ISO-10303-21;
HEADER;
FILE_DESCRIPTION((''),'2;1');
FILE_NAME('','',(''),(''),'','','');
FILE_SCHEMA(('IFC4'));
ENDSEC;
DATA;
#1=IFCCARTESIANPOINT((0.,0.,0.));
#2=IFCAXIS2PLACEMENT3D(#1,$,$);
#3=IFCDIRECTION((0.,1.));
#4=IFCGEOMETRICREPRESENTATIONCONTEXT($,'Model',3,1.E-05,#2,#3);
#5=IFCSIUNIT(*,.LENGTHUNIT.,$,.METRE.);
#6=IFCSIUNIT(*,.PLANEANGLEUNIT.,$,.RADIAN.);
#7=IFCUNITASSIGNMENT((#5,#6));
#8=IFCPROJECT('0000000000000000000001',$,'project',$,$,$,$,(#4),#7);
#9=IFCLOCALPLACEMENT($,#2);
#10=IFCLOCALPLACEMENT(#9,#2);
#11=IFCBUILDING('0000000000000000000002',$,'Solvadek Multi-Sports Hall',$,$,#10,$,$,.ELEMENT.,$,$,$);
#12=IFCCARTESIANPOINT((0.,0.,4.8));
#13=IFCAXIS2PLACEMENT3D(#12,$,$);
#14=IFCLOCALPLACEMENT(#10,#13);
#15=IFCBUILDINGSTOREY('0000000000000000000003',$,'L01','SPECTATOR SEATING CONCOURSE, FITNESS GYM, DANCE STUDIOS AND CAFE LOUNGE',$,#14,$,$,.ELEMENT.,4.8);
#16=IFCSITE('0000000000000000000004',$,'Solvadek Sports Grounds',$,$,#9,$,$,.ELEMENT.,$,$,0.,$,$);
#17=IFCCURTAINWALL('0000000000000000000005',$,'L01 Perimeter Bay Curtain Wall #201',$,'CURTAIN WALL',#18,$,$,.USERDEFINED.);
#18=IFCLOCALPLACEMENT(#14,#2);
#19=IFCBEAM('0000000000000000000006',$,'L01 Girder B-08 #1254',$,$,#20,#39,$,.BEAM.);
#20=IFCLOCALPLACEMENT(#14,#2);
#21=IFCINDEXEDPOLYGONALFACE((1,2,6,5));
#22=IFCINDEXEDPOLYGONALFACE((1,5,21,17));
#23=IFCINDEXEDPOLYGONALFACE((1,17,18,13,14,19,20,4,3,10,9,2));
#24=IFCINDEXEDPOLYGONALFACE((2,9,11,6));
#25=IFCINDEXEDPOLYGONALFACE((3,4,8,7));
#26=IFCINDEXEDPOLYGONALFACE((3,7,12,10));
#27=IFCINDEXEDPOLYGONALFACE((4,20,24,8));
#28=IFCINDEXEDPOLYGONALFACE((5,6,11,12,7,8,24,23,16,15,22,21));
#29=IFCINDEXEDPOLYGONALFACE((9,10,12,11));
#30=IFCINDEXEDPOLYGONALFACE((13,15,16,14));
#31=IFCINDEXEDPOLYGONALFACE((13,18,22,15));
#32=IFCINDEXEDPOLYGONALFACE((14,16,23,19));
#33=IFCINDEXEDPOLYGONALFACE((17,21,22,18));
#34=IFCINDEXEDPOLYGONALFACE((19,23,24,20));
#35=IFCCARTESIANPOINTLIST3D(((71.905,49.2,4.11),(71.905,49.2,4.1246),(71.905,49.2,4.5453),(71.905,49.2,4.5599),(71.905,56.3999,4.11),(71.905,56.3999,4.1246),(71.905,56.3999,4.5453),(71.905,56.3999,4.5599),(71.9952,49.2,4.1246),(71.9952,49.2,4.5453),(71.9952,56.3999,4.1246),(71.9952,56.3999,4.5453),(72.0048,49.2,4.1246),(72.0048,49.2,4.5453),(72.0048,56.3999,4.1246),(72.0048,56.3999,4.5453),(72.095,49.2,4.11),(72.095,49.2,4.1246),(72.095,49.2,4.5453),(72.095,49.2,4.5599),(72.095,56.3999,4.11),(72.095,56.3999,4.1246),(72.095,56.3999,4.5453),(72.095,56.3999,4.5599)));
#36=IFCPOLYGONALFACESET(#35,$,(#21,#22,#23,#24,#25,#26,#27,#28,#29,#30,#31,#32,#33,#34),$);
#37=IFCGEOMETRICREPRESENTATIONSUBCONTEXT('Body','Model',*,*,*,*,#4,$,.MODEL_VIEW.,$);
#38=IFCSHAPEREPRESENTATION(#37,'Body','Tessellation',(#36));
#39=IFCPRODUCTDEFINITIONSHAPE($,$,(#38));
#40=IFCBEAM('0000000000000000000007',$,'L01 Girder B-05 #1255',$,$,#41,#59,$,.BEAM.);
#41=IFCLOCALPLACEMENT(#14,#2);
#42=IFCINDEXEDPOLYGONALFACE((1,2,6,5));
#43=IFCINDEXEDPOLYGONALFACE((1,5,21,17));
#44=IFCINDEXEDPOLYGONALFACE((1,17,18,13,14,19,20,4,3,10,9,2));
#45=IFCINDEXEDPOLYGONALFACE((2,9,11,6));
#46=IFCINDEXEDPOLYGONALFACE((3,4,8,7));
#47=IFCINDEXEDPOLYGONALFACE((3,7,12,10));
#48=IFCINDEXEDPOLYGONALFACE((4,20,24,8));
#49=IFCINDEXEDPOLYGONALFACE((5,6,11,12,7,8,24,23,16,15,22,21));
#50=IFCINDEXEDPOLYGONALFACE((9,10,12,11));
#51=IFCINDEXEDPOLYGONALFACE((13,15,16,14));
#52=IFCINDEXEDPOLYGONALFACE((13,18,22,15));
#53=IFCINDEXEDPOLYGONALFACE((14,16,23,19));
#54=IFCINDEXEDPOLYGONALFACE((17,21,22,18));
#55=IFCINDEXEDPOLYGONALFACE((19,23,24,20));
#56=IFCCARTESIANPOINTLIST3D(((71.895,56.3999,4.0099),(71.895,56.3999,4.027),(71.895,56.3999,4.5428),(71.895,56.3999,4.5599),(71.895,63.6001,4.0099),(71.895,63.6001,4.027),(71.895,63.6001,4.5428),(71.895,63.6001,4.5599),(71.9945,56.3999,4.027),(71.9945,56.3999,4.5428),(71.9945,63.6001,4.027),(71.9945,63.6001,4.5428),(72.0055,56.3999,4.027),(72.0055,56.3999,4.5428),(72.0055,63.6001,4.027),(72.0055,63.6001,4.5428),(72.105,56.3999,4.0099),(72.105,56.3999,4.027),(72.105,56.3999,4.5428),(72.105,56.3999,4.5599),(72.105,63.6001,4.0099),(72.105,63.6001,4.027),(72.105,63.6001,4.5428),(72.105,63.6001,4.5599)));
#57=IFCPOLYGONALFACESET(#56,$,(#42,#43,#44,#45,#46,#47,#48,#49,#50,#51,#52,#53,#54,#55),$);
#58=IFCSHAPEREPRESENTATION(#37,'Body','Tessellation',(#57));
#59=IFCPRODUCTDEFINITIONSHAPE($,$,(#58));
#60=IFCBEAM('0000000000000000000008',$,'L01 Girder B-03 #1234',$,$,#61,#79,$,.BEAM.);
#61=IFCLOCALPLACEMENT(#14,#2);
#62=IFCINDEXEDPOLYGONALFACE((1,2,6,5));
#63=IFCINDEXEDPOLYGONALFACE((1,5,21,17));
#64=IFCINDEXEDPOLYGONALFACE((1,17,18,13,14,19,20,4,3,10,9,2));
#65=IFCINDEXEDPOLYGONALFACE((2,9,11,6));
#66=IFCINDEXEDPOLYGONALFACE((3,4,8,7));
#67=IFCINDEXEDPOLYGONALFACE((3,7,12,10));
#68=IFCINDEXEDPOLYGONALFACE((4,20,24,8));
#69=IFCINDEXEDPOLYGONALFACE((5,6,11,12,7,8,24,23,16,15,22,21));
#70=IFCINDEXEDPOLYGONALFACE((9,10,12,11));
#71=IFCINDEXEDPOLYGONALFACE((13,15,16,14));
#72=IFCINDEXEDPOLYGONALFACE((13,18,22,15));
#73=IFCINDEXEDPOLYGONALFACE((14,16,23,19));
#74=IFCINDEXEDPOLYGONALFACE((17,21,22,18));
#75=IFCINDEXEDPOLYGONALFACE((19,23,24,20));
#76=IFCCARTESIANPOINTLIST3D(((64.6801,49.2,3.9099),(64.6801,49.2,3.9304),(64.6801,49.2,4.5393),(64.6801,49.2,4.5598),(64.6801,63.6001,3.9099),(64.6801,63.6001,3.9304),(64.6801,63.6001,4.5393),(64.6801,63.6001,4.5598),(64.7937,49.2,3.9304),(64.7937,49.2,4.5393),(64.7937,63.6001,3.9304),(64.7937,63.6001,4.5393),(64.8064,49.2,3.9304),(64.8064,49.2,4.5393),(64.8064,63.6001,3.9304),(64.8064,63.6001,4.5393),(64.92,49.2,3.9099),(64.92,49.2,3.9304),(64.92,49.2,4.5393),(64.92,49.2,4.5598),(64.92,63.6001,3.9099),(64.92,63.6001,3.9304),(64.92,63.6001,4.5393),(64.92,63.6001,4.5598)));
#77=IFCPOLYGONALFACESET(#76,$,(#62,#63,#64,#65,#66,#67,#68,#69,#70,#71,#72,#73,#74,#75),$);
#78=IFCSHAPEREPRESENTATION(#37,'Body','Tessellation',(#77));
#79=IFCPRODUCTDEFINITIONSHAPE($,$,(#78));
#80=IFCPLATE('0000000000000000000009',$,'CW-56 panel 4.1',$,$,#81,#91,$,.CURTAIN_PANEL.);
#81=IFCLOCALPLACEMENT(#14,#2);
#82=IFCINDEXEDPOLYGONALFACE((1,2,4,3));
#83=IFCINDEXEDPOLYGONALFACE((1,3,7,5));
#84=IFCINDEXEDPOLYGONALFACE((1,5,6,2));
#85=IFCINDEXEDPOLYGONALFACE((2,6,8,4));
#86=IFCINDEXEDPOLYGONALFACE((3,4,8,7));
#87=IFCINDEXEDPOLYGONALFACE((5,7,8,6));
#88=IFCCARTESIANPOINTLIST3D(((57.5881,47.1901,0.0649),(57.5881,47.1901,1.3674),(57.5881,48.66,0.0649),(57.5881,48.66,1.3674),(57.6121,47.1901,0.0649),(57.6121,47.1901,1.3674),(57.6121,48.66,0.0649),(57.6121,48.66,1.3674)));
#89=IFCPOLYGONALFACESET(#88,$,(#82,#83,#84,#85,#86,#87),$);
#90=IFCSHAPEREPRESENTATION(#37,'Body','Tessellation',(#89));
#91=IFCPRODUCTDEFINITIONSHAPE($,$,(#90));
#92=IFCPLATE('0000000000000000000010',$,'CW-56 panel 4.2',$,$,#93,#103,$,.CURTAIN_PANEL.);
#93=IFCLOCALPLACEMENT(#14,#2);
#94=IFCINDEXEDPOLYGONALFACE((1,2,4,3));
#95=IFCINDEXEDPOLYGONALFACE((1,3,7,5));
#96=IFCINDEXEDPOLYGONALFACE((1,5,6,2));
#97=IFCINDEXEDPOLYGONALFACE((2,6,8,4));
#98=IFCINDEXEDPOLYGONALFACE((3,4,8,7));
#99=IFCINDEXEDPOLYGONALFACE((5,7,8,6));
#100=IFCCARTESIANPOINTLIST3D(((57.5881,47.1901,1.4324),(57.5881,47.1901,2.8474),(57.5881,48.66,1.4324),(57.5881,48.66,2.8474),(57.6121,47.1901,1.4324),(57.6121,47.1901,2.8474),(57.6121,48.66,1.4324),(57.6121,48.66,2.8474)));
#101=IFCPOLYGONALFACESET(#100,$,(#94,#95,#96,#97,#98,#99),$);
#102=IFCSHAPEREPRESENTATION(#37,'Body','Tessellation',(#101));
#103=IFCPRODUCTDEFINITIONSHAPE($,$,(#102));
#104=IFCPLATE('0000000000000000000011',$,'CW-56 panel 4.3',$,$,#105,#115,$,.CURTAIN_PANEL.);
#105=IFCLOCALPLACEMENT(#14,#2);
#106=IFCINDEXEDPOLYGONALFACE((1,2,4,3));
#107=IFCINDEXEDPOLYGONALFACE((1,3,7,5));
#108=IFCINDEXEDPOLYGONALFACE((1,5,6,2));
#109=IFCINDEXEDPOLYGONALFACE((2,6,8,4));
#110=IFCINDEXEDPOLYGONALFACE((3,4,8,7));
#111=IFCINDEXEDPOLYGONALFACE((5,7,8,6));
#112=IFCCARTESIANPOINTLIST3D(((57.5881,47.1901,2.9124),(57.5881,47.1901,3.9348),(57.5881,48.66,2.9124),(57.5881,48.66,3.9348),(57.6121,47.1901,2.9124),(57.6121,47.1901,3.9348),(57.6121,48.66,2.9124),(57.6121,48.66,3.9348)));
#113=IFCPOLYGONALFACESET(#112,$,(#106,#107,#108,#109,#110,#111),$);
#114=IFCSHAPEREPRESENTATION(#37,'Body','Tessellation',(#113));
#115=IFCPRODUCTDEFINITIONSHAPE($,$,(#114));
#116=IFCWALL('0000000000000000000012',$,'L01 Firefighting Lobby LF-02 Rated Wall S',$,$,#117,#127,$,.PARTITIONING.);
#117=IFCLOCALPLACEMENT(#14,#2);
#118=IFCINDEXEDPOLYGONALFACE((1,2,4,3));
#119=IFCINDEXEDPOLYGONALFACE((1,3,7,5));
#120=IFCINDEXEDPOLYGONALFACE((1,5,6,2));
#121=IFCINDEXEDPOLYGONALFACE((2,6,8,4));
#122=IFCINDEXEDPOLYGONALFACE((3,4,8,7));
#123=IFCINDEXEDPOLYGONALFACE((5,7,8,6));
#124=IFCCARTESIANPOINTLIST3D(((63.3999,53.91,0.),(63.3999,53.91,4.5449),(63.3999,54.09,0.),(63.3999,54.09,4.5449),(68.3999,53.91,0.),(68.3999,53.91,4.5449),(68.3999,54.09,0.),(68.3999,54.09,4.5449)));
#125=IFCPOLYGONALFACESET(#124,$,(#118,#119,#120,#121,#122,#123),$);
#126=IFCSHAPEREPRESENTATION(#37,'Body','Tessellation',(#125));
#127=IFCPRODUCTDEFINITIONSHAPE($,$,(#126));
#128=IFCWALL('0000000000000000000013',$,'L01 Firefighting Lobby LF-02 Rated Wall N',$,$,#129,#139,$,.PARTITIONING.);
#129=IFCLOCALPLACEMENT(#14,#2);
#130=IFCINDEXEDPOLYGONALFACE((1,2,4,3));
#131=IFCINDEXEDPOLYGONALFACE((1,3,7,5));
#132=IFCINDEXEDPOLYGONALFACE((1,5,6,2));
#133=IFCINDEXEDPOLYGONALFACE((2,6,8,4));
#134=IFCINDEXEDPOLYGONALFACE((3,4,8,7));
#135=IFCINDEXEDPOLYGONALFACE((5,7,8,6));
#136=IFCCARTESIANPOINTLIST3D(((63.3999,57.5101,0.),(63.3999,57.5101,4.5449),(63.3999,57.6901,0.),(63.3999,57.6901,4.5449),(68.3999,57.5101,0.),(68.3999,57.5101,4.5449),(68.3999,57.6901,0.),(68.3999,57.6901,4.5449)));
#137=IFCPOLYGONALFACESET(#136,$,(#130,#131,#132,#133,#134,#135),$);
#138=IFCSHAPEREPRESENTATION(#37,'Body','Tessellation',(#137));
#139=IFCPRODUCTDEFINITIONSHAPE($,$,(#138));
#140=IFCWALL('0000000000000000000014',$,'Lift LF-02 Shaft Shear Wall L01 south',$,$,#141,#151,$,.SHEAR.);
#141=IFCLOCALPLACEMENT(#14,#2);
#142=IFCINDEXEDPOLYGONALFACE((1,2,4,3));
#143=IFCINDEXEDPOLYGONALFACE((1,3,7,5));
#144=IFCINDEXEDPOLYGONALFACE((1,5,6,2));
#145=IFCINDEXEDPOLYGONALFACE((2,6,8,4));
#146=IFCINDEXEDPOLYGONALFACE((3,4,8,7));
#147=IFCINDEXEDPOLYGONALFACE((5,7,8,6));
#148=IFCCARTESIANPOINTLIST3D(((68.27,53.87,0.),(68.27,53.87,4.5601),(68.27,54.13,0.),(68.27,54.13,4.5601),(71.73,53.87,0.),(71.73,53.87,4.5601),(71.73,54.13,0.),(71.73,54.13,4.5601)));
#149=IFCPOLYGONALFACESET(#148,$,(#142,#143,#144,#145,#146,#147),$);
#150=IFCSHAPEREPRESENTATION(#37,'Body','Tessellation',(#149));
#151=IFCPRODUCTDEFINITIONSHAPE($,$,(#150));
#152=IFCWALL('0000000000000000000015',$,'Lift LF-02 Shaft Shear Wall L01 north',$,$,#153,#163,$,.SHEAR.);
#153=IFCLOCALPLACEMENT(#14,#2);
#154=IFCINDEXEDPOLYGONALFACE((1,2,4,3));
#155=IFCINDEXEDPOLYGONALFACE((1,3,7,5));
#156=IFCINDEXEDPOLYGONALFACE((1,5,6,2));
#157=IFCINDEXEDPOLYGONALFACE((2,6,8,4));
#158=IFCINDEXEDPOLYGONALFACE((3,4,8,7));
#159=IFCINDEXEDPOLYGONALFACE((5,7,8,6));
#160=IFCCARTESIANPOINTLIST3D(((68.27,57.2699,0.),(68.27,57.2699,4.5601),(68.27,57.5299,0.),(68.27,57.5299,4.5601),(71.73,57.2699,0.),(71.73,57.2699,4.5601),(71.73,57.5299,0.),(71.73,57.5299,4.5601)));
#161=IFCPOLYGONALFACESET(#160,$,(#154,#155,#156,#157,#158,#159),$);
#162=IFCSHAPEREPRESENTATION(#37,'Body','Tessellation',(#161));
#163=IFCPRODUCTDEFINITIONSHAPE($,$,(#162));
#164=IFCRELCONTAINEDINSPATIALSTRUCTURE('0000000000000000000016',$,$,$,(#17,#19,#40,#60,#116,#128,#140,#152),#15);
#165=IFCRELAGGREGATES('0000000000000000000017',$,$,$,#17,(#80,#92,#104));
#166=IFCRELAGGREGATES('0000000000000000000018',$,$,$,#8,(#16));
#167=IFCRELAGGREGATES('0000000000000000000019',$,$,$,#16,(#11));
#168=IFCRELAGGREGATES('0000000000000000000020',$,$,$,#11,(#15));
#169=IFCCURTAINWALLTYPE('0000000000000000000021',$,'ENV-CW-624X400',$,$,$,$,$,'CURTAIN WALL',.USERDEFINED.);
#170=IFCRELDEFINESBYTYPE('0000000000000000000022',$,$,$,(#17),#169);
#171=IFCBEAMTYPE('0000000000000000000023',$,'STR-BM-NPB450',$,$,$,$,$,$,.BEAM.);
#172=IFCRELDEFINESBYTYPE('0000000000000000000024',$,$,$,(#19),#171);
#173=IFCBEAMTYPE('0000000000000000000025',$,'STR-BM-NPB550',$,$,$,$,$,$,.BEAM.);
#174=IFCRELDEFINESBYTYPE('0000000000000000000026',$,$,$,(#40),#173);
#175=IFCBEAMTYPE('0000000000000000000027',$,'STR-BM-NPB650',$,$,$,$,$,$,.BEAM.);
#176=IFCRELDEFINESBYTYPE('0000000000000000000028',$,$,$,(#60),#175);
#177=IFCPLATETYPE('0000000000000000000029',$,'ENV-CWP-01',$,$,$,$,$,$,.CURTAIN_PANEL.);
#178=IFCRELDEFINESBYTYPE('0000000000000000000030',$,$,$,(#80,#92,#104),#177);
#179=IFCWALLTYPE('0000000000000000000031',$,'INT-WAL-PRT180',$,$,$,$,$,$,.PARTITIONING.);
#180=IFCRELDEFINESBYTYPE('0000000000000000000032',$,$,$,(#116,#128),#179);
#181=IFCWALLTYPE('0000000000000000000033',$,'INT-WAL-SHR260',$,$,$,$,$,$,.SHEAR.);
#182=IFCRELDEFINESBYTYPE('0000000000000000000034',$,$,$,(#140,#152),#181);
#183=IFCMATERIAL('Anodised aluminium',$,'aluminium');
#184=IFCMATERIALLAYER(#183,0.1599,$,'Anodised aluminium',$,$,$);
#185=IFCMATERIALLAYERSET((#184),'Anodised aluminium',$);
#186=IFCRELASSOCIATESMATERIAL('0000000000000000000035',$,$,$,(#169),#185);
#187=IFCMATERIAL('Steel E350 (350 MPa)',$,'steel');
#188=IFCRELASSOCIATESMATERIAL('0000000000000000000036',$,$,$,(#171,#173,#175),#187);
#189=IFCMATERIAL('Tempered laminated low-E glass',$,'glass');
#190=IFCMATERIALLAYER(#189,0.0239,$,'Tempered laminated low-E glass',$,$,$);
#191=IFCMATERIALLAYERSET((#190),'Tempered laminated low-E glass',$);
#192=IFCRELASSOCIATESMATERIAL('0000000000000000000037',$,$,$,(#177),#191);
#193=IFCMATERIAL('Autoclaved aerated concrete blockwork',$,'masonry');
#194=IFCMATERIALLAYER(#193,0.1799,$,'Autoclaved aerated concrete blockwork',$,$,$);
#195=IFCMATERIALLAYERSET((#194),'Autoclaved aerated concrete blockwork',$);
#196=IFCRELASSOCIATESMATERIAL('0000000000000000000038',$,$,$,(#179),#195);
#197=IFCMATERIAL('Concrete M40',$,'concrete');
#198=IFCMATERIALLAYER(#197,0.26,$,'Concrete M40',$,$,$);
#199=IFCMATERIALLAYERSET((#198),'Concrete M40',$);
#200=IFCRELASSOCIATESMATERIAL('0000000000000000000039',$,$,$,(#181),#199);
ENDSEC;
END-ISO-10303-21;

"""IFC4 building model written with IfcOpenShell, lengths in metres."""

from ifc_helpers import new_model, si_unit, direction, frame, frame_2d, origin, origin_2d, place, context, subcontext, project, spatial, rectangle, i_section, extrude, material, layer, layer_set, material_profile, profile_set, type_object, element, aggregate, save


model = new_model("IFC4")

# Units and contexts
model_context = context("Model", 3, precision=1e-05, world=origin(), true_north=direction((0.0, 1.0)))
body_context = subcontext(model_context, "Body", "Model", "MODEL_VIEW")
ifc_project = project(units=[si_unit("LENGTHUNIT", "METRE"), si_unit("PLANEANGLEUNIT", "RADIAN")], contexts=[model_context])

# Site, building, storey
site_placement = place(None, origin())
site = spatial("IfcSite", under=ifc_project, at=site_placement, Name="Solvadek Sports Grounds", CompositionType="ELEMENT", RefElevation=0.0)
building_placement = place(site_placement, origin())
building = spatial("IfcBuilding", under=site, at=building_placement, Name="Solvadek Multi-Sports Hall", CompositionType="ELEMENT")
storey_placement = place(building_placement, frame((0.0, 0.0, 4.8)))
storey = spatial("IfcBuildingStorey", under=building, at=storey_placement, Name="L01", Description="SPECTATOR SEATING CONCOURSE, FITNESS GYM, DANCE STUDIOS AND CAFE LOUNGE", CompositionType="ELEMENT", Elevation=4.8)

# Shared definitions
ifc_material_1 = material(Name="Steel E350 (350 MPa)", Category="steel")

# Curtain wall
ifc_material_2 = material(Name="Anodised aluminium", Category="aluminium")
ifc_layer_1 = layer(ifc_material_2, 0.1599, Name="Anodised aluminium")
ifc_layer_set_1 = layer_set([ifc_layer_1], Name="Anodised aluminium")
curtain_wall_type = type_object("IfcCurtainWallType", Name="ENV-CW-624X400", ElementType="CURTAIN WALL", PredefinedType="USERDEFINED", material=ifc_layer_set_1)
curtain_wall_placement = place(storey_placement, origin())
curtain_wall = element("IfcCurtainWall", 1, at=curtain_wall_placement, inside=storey, type_object=curtain_wall_type, Name="L01 Perimeter Bay Curtain Wall #201", ObjectType="CURTAIN WALL", PredefinedType="USERDEFINED")

# Beams
ifc_material_profile_1 = material_profile(ifc_material_1, i_section(OverallWidth=0.1899, OverallDepth=0.45, WebThickness=0.0095, FlangeThickness=0.0146, at=origin_2d()), Name="NPB 450")
ifc_profile_set_1 = profile_set([ifc_material_profile_1], Name="Steel E350 (350 MPa)")
beam_type_1 = type_object("IfcBeamType", Name="STR-BM-NPB450", PredefinedType="BEAM", material=ifc_profile_set_1)
beam_1_placement = place(storey_placement, frame((72.0, 49.2, 4.335), z_axis=(0.0, 1.0, 0.0), x_axis=(-1.0, 0.0, 0.0)))
element("IfcBeam", 2, at=beam_1_placement, inside=storey, type_object=beam_type_1, Name="L01 Girder B-08 #1254", PredefinedType="BEAM", context=body_context, shape_type="SweptSolid", body=[
    extrude(i_section(OverallWidth=0.1899, OverallDepth=0.45, WebThickness=0.0095, FlangeThickness=0.0146, at=origin_2d()), origin(), (0.0, 0.0, 1.0), 7.2),
])
ifc_material_profile_2 = material_profile(ifc_material_1, i_section(OverallWidth=0.21, OverallDepth=0.55, WebThickness=0.011, FlangeThickness=0.0171, at=origin_2d()), Name="NPB 550")
ifc_profile_set_2 = profile_set([ifc_material_profile_2], Name="Steel E350 (350 MPa)")
beam_type_2 = type_object("IfcBeamType", Name="STR-BM-NPB550", PredefinedType="BEAM", material=ifc_profile_set_2)
beam_2_placement = place(storey_placement, frame((72.0, 56.3999, 4.2849), z_axis=(0.0, 1.0, 0.0), x_axis=(-1.0, 0.0, 0.0)))
element("IfcBeam", 3, at=beam_2_placement, inside=storey, type_object=beam_type_2, Name="L01 Girder B-05 #1255", PredefinedType="BEAM", context=body_context, shape_type="SweptSolid", body=[
    extrude(i_section(OverallWidth=0.21, OverallDepth=0.55, WebThickness=0.011, FlangeThickness=0.0171, at=origin_2d()), origin(), (0.0, 0.0, 1.0), 7.2002),
])
ifc_material_profile_3 = material_profile(ifc_material_1, i_section(OverallWidth=0.24, OverallDepth=0.6499, WebThickness=0.0127, FlangeThickness=0.0205, at=origin_2d()), Name="NPB 650")
ifc_profile_set_3 = profile_set([ifc_material_profile_3], Name="Steel E350 (350 MPa)")
beam_type_3 = type_object("IfcBeamType", Name="STR-BM-NPB650", PredefinedType="BEAM", material=ifc_profile_set_3)
beam_3_placement = place(storey_placement, frame((64.8, 49.2, 4.2349), z_axis=(0.0, 1.0, 0.0), x_axis=(-1.0, 0.0, 0.0)))
element("IfcBeam", 4, at=beam_3_placement, inside=storey, type_object=beam_type_3, Name="L01 Girder B-03 #1234", PredefinedType="BEAM", context=body_context, shape_type="SweptSolid", body=[
    extrude(i_section(OverallWidth=0.24, OverallDepth=0.6499, WebThickness=0.0127, FlangeThickness=0.0205, at=origin_2d()), origin(), (0.0, 0.0, 1.0), 14.4001),
])

# Plates
ifc_material_3 = material(Name="Tempered laminated low-E glass", Category="glass")
ifc_layer_2 = layer(ifc_material_3, 0.0239, Name="Tempered laminated low-E glass")
ifc_layer_set_2 = layer_set([ifc_layer_2], Name="Tempered laminated low-E glass")
plate_type = type_object("IfcPlateType", Name="ENV-CWP-01", PredefinedType="CURTAIN_PANEL", material=ifc_layer_set_2)
plate_1_placement = place(storey_placement, frame((57.6001, 47.925, 0.0649), z_axis=(0.0, 0.0, 1.0), x_axis=(0.0, 1.0, 0.0)))
plate_1 = element("IfcPlate", 5, at=plate_1_placement, type_object=plate_type, Name="CW-56 panel 4.1", PredefinedType="CURTAIN_PANEL", context=body_context, shape_type="SweptSolid", body=[
    extrude(rectangle(XDim=1.47, YDim=0.0239, at=origin_2d()), origin(), (0.0, 0.0, 1.0), 1.3025),
])
plate_2_placement = place(storey_placement, frame((57.6001, 47.925, 1.4324), z_axis=(0.0, 0.0, 1.0), x_axis=(0.0, 1.0, 0.0)))
plate_2 = element("IfcPlate", 6, at=plate_2_placement, type_object=plate_type, Name="CW-56 panel 4.2", PredefinedType="CURTAIN_PANEL", context=body_context, shape_type="SweptSolid", body=[
    extrude(rectangle(XDim=1.47, YDim=0.0239, at=origin_2d()), origin(), (0.0, 0.0, 1.0), 1.415),
])
plate_3_placement = place(storey_placement, frame((57.6001, 47.925, 2.9124), z_axis=(0.0, 0.0, 1.0), x_axis=(0.0, 1.0, 0.0)))
plate_3 = element("IfcPlate", 7, at=plate_3_placement, type_object=plate_type, Name="CW-56 panel 4.3", PredefinedType="CURTAIN_PANEL", context=body_context, shape_type="SweptSolid", body=[
    extrude(rectangle(XDim=1.47, YDim=0.0239, at=origin_2d()), origin(), (0.0, 0.0, 1.0), 1.0225),
])
aggregate(curtain_wall, [plate_1, plate_2, plate_3])

# Shared definitions
ifc_material_4 = material(Name="Autoclaved aerated concrete blockwork", Category="masonry")
ifc_layer_3 = layer(ifc_material_4, 0.1799, Name="Autoclaved aerated concrete blockwork")
ifc_layer_set_3 = layer_set([ifc_layer_3], Name="Autoclaved aerated concrete blockwork")
wall_type_1 = type_object("IfcWallType", Name="INT-WAL-PRT180", PredefinedType="PARTITIONING", material=ifc_layer_set_3)

# Walls
for number, where, z_axis, x_axis, name in (
    (8, (63.3999, 54.0, 0.0), (0.0, 0.0, 1.0), (1.0, 0.0, 0.0), "L01 Firefighting Lobby LF-02 Rated Wall S"),
    (9, (63.3999, 57.6001, 0.0), (0.0, 0.0, 1.0), (1.0, 0.0, 0.0), "L01 Firefighting Lobby LF-02 Rated Wall N"),
):
    element("IfcWall", number, at=place(storey_placement, frame(where, z_axis=z_axis, x_axis=x_axis)), inside=storey, type_object=wall_type_1, Name=name, PredefinedType="PARTITIONING", context=body_context, shape_type="SweptSolid", body=[
        extrude(rectangle(XDim=5.0, YDim=0.1799, at=frame_2d((2.5, 0.0))), origin(), (0.0, 0.0, 1.0), 4.5449),
    ])
ifc_material_5 = material(Name="Concrete M40", Category="concrete")
ifc_layer_4 = layer(ifc_material_5, 0.26, Name="Concrete M40")
ifc_layer_set_4 = layer_set([ifc_layer_4], Name="Concrete M40")
wall_type_2 = type_object("IfcWallType", Name="INT-WAL-SHR260", PredefinedType="SHEAR", material=ifc_layer_set_4)
for number, where, z_axis, x_axis, name in (
    (10, (68.27, 54.0, 0.0), (0.0, 0.0, 1.0), (1.0, 0.0, 0.0), "Lift LF-02 Shaft Shear Wall L01 south"),
    (11, (68.27, 57.3999, 0.0), (0.0, 0.0, 1.0), (1.0, 0.0, 0.0), "Lift LF-02 Shaft Shear Wall L01 north"),
):
    element("IfcWall", number, at=place(storey_placement, frame(where, z_axis=z_axis, x_axis=x_axis)), inside=storey, type_object=wall_type_2, Name=name, PredefinedType="SHEAR", context=body_context, shape_type="SweptSolid", body=[
        extrude(rectangle(XDim=3.46, YDim=0.26, at=frame_2d((1.73, 0.0))), origin(), (0.0, 0.0, 1.0), 4.5601),
    ])

save(model, "model.ifc")
